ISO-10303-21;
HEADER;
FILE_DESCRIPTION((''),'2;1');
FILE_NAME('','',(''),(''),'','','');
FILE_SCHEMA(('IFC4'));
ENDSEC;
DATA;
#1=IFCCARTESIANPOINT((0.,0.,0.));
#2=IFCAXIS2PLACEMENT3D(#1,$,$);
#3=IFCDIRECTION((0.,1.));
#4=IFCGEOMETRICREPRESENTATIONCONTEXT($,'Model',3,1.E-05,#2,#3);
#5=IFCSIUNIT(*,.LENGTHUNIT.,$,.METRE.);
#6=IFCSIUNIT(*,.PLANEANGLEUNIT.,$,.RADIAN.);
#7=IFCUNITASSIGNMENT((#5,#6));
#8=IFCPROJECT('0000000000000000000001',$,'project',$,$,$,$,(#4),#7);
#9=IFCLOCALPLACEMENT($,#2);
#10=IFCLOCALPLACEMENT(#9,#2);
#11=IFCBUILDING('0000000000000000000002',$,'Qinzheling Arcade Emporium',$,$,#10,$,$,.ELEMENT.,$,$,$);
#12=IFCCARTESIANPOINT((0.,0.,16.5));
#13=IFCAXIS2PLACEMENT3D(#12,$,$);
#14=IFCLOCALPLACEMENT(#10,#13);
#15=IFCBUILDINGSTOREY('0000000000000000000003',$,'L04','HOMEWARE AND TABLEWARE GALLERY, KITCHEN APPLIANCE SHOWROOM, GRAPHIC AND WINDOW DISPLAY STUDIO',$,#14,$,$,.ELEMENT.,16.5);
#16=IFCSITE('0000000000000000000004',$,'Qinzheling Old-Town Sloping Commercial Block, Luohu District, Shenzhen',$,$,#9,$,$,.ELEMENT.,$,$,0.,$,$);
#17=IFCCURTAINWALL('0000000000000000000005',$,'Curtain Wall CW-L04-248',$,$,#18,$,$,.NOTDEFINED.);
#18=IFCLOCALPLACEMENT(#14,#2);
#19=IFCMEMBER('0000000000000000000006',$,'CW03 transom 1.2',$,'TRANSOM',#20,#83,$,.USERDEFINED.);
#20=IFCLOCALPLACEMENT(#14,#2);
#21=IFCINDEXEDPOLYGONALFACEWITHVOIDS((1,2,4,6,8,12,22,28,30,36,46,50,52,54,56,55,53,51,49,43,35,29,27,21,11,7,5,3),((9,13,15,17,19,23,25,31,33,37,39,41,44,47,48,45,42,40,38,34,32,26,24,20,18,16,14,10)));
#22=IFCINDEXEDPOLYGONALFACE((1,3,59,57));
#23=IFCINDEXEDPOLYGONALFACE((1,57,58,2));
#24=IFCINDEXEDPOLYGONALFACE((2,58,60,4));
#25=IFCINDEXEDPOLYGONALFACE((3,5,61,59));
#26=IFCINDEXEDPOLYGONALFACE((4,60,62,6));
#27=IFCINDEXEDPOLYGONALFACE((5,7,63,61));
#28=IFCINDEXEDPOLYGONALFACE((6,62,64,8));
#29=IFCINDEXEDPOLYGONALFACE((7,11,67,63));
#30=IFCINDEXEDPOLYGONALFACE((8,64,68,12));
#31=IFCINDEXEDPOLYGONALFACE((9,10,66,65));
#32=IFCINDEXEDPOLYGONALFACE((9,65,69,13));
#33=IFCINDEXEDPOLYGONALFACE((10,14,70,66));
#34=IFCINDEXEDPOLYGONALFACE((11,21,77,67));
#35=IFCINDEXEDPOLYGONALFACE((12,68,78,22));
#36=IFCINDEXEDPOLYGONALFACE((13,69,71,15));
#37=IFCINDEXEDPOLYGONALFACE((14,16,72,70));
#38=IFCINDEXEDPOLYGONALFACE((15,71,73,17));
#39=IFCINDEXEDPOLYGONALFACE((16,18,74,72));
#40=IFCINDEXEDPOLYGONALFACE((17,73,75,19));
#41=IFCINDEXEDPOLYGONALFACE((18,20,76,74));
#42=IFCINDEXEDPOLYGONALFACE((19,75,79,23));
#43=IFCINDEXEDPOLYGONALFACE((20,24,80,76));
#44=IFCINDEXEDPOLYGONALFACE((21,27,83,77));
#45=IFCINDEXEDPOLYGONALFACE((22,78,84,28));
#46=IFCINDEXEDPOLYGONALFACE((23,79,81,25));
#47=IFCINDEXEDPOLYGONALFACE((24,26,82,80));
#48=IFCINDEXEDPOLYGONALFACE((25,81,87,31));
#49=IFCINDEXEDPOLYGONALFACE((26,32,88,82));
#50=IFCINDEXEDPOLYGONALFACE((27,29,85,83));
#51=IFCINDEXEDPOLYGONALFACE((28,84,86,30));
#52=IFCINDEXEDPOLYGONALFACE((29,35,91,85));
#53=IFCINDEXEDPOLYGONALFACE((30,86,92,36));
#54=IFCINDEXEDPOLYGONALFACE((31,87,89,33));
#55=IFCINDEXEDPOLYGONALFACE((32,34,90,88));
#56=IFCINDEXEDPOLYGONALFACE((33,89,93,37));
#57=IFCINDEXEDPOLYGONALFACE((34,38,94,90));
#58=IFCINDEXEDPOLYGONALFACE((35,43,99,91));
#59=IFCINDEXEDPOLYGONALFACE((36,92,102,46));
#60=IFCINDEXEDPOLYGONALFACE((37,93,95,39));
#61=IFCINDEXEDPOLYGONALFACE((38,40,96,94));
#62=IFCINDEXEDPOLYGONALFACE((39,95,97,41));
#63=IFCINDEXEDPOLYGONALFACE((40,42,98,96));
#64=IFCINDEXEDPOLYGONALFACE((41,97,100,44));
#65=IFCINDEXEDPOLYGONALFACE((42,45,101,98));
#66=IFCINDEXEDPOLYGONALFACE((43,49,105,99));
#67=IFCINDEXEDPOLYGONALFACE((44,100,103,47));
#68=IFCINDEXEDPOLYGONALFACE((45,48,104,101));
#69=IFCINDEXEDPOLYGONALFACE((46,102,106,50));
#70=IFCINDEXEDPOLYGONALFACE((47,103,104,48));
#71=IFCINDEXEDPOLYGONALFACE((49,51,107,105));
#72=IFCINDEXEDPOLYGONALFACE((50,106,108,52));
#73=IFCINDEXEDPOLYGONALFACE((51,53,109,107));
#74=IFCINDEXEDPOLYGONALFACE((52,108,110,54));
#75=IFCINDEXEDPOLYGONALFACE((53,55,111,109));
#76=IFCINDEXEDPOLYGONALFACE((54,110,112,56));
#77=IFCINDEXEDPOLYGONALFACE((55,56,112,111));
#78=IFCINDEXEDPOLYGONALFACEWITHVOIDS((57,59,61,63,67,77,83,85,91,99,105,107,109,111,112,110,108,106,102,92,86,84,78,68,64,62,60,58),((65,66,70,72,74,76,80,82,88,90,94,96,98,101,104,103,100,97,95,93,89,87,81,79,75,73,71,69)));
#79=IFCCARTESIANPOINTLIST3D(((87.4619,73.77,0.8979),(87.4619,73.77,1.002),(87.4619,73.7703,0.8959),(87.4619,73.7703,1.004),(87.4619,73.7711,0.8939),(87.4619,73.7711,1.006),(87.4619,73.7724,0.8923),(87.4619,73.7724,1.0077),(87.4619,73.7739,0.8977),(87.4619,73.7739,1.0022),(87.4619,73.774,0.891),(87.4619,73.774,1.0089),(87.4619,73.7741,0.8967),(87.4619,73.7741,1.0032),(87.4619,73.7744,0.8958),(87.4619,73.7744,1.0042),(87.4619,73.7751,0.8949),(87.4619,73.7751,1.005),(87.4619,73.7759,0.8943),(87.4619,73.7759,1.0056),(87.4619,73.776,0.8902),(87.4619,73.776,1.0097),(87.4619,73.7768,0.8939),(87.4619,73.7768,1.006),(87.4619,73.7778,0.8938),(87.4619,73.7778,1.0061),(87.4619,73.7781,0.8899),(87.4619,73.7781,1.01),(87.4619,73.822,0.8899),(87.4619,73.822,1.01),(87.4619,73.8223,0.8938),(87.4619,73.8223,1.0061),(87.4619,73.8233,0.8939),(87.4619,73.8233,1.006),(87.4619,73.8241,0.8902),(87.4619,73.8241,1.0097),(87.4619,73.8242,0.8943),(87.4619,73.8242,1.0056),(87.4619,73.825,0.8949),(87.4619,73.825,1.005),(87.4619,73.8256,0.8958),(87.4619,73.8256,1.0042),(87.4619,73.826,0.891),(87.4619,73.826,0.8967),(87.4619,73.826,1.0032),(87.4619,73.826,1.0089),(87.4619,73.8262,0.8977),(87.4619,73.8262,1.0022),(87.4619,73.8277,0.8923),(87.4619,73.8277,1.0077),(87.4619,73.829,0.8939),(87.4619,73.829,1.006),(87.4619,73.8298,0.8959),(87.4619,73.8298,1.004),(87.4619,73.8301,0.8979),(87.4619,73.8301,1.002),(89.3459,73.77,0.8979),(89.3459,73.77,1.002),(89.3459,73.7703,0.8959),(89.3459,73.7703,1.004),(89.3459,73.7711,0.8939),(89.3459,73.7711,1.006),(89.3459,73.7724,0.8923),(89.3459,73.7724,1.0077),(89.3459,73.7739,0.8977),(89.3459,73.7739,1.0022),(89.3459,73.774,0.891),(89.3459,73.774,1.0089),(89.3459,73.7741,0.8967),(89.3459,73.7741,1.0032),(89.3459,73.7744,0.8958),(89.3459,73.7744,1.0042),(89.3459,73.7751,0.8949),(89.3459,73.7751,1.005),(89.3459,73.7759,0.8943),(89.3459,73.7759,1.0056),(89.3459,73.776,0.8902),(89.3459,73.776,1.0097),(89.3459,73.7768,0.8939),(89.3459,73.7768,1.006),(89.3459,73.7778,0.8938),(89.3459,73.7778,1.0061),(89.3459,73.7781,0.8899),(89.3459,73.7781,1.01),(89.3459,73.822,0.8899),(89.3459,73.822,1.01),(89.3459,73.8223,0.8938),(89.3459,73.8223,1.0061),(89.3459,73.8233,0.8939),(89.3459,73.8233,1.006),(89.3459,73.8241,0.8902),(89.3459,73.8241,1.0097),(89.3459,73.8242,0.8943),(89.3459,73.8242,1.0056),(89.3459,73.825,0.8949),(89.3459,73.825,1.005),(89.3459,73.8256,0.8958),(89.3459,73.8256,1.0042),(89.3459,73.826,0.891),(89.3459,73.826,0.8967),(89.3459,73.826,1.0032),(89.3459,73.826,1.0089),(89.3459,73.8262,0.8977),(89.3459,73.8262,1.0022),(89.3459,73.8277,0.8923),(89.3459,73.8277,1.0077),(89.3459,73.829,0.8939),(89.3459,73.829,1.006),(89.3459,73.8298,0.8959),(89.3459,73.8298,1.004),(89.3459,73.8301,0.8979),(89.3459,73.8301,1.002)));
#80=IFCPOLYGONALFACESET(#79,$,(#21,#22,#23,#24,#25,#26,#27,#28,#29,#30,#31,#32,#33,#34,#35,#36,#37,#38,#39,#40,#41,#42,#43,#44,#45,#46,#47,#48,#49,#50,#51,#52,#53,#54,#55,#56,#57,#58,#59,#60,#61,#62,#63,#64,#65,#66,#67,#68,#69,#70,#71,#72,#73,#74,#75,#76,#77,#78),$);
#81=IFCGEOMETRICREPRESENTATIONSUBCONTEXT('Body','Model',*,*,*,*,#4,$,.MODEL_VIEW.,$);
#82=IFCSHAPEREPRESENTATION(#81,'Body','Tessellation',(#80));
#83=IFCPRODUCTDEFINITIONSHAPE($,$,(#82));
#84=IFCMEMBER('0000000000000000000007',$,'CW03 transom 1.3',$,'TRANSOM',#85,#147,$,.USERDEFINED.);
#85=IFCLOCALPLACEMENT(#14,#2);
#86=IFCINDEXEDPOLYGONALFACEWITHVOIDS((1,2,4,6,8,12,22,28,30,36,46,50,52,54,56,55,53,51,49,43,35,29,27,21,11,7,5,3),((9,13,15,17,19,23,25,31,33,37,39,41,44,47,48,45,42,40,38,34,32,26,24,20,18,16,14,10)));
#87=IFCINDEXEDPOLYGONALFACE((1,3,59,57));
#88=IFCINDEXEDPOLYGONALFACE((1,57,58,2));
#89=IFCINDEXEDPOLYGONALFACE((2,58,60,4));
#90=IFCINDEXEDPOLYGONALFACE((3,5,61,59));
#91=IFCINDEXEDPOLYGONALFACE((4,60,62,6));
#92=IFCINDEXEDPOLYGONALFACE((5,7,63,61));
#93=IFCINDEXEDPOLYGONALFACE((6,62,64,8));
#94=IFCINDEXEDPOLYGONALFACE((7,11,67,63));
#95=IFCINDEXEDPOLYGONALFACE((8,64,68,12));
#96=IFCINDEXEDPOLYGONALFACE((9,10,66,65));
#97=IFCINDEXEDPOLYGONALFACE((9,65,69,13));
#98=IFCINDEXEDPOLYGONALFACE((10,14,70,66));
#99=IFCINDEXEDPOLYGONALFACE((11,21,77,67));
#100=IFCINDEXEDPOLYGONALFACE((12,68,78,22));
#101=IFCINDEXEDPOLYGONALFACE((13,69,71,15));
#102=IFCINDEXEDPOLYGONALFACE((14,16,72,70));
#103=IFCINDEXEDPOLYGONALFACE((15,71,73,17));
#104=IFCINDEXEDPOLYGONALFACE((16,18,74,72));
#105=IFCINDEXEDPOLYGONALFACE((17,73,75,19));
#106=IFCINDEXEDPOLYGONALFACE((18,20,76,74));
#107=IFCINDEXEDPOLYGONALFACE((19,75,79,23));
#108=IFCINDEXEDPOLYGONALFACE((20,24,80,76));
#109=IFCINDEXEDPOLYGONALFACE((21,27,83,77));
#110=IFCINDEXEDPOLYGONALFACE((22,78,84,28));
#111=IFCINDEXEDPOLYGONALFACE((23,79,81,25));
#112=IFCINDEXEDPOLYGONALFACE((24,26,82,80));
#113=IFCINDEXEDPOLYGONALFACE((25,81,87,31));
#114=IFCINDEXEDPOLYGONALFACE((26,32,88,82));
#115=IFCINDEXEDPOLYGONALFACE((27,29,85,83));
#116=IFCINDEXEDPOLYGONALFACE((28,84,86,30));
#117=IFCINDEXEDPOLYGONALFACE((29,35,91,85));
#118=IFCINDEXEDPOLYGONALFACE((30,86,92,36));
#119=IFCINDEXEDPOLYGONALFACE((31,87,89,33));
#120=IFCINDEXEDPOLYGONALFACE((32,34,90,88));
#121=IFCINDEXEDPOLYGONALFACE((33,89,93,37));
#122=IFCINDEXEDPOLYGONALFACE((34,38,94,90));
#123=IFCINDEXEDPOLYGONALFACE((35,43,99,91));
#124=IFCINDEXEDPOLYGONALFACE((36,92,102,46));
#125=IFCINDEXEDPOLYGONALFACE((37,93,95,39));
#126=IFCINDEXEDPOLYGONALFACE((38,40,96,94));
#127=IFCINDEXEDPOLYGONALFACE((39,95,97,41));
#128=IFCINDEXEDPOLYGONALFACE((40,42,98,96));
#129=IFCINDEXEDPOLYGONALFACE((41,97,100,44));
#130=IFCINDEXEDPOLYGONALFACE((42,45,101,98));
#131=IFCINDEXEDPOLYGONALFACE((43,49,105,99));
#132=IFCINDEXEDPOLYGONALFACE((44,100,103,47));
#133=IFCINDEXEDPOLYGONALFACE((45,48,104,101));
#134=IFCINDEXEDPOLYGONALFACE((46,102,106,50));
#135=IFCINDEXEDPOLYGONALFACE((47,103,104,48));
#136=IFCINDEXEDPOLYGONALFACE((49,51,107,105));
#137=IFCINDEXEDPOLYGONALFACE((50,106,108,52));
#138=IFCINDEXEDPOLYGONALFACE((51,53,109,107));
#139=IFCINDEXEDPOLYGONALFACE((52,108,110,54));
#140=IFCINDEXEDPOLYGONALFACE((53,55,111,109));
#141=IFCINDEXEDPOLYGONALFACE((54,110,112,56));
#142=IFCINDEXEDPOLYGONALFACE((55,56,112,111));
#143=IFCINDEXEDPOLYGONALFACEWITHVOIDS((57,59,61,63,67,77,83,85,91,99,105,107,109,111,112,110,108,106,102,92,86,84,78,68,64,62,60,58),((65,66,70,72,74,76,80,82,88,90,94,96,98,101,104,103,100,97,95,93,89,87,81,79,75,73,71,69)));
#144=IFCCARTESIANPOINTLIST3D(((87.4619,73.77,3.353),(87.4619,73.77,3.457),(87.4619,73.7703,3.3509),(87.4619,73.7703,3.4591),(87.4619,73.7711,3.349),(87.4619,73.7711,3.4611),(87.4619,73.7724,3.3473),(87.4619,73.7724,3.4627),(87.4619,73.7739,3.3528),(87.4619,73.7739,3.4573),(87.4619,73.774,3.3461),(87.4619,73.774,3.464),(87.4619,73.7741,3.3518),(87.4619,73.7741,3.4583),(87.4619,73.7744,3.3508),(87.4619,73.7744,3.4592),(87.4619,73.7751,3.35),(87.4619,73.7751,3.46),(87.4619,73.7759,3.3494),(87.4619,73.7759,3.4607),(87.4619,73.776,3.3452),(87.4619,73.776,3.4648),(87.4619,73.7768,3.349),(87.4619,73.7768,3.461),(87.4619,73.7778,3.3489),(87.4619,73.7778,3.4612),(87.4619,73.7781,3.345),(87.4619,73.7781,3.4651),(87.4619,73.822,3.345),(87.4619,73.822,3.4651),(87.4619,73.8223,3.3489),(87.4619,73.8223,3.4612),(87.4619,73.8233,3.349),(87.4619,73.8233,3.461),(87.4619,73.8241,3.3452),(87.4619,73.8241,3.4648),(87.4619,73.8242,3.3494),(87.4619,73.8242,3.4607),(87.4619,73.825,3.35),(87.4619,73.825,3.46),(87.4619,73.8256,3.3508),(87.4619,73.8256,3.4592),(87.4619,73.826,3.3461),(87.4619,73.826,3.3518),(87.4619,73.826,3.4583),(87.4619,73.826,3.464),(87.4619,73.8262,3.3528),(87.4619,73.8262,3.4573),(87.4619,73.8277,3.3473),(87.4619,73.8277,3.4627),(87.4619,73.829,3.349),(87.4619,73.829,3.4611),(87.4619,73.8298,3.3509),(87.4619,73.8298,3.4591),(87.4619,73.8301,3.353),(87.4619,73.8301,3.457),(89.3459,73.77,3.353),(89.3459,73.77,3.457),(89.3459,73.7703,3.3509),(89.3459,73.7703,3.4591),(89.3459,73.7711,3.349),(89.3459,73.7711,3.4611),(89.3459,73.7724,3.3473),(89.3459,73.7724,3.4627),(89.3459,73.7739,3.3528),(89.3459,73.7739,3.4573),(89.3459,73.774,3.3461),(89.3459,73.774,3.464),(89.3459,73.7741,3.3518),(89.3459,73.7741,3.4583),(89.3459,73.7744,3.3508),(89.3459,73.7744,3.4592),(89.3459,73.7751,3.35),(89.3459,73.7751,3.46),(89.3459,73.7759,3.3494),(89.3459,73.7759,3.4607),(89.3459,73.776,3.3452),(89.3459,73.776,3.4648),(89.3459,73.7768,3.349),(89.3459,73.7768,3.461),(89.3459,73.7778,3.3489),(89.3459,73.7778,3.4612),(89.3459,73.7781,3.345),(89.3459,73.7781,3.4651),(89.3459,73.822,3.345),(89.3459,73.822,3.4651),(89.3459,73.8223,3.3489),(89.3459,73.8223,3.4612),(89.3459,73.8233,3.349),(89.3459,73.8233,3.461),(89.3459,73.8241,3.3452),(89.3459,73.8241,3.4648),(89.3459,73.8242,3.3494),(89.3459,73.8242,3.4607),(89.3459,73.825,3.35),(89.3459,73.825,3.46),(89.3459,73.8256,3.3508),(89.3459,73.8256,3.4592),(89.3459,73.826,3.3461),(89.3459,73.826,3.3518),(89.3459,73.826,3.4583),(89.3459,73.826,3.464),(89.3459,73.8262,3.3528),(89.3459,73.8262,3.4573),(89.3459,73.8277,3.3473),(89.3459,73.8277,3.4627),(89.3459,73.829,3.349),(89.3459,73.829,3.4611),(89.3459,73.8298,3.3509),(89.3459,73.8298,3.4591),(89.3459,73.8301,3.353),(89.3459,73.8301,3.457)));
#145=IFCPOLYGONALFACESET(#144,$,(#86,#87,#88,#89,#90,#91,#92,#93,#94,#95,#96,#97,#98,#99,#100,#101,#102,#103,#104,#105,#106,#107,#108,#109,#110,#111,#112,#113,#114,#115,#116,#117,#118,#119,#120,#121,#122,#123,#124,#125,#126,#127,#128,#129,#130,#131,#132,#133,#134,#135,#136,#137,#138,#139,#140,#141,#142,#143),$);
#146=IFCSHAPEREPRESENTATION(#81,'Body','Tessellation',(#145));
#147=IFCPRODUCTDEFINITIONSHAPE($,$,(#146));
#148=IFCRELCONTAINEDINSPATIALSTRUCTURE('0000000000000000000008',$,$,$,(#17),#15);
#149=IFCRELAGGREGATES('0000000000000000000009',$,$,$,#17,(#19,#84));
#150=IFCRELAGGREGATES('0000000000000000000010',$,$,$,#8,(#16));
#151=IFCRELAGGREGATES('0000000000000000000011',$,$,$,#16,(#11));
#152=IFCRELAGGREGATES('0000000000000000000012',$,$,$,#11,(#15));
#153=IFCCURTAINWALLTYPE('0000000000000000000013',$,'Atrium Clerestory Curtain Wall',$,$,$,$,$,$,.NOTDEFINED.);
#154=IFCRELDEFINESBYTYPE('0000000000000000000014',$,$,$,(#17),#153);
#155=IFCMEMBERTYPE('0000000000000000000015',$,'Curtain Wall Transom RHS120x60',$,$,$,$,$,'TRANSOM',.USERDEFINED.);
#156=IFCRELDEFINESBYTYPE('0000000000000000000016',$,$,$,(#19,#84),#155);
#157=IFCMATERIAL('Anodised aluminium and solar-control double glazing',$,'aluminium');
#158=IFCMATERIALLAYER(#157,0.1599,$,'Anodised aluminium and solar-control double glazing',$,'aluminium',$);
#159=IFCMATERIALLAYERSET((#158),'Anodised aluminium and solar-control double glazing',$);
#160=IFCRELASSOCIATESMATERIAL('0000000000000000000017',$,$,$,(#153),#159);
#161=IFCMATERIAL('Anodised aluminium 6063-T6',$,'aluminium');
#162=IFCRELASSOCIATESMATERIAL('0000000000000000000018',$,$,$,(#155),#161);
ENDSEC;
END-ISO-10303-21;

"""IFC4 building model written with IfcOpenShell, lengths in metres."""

from ifc_helpers import new_model, si_unit, direction, frame, origin, origin_2d, place, context, subcontext, project, spatial, hollow_rectangle, extrude, material, layer, layer_set, material_profile, profile_set, type_object, element, aggregate, save


model = new_model("IFC4")

# Units and contexts
model_context = context("Model", 3, precision=1e-05, world=origin(), true_north=direction((0.0, 1.0)))
body_context = subcontext(model_context, "Body", "Model", "MODEL_VIEW")
ifc_project = project(units=[si_unit("LENGTHUNIT", "METRE"), si_unit("PLANEANGLEUNIT", "RADIAN")], contexts=[model_context])

# Site, building, storey
site_placement = place(None, origin())
site = spatial("IfcSite", under=ifc_project, at=site_placement, Name="Qinzheling Old-Town Sloping Commercial Block, Luohu District, Shenzhen", CompositionType="ELEMENT", RefElevation=0.0)
building_placement = place(site_placement, origin())
building = spatial("IfcBuilding", under=site, at=building_placement, Name="Qinzheling Arcade Emporium", CompositionType="ELEMENT")
storey_placement = place(building_placement, frame((0.0, 0.0, 16.5)))
storey = spatial("IfcBuildingStorey", under=building, at=storey_placement, Name="L04", Description="HOMEWARE AND TABLEWARE GALLERY, KITCHEN APPLIANCE SHOWROOM, GRAPHIC AND WINDOW DISPLAY STUDIO", CompositionType="ELEMENT", Elevation=16.5)

# Curtain wall
ifc_material_1 = material(Name="Anodised aluminium and solar-control double glazing", Category="aluminium")
ifc_layer_1 = layer(ifc_material_1, 0.1599, Name="Anodised aluminium and solar-control double glazing", Category="aluminium")
ifc_layer_set_1 = layer_set([ifc_layer_1], Name="Anodised aluminium and solar-control double glazing")
curtain_wall_type = type_object("IfcCurtainWallType", Name="Atrium Clerestory Curtain Wall", PredefinedType="NOTDEFINED", material=ifc_layer_set_1)
ifc_material_2 = material(Name="Anodised aluminium 6063-T6", Category="aluminium")
curtain_wall_1_placement = place(storey_placement, origin())
curtain_wall_1 = element("IfcCurtainWall", 1, at=curtain_wall_1_placement, inside=storey, type_object=curtain_wall_type, Name="Curtain Wall CW-L04-248", PredefinedType="NOTDEFINED")

# Members
ifc_material_profile_1 = material_profile(ifc_material_2, hollow_rectangle(XDim=0.0601, YDim=0.1201, WallThickness=0.0039, InnerFilletRadius=0.0039, OuterFilletRadius=0.0081, at=origin_2d()), Name="RHS 120x60x4", Category="aluminium")
ifc_profile_set_1 = profile_set([ifc_material_profile_1], Name="Anodised aluminium 6063-T6")
member_type_1 = type_object("IfcMemberType", Name="Curtain Wall Transom RHS120x60", ElementType="TRANSOM", PredefinedType="USERDEFINED", material=ifc_profile_set_1)
member_1_placement = place(storey_placement, frame((87.4619, 73.8, 0.95), z_axis=(1.0, 0.0, 0.0), x_axis=(0.0, 1.0, 0.0)))
member_1 = element("IfcMember", 2, at=member_1_placement, type_object=member_type_1, Name="CW03 transom 1.2", ObjectType="TRANSOM", PredefinedType="USERDEFINED", context=body_context, shape_type="SweptSolid", body=[
    extrude(hollow_rectangle(XDim=0.0601, YDim=0.1201, WallThickness=0.0039, InnerFilletRadius=0.0039, OuterFilletRadius=0.0081, at=origin_2d()), origin(), (0.0, 0.0, 1.0), 1.884),
])
member_2_placement = place(storey_placement, frame((87.4619, 73.8, 3.405), z_axis=(1.0, 0.0, 0.0), x_axis=(0.0, 1.0, 0.0)))
member_2 = element("IfcMember", 3, at=member_2_placement, type_object=member_type_1, Name="CW03 transom 1.3", ObjectType="TRANSOM", PredefinedType="USERDEFINED", context=body_context, shape_type="SweptSolid", body=[
    extrude(hollow_rectangle(XDim=0.0601, YDim=0.1201, WallThickness=0.0039, InnerFilletRadius=0.0039, OuterFilletRadius=0.0081, at=origin_2d()), origin(), (0.0, 0.0, 1.0), 1.884),
])
aggregate(curtain_wall_1, [member_1, member_2])

save(model, "model.ifc")
